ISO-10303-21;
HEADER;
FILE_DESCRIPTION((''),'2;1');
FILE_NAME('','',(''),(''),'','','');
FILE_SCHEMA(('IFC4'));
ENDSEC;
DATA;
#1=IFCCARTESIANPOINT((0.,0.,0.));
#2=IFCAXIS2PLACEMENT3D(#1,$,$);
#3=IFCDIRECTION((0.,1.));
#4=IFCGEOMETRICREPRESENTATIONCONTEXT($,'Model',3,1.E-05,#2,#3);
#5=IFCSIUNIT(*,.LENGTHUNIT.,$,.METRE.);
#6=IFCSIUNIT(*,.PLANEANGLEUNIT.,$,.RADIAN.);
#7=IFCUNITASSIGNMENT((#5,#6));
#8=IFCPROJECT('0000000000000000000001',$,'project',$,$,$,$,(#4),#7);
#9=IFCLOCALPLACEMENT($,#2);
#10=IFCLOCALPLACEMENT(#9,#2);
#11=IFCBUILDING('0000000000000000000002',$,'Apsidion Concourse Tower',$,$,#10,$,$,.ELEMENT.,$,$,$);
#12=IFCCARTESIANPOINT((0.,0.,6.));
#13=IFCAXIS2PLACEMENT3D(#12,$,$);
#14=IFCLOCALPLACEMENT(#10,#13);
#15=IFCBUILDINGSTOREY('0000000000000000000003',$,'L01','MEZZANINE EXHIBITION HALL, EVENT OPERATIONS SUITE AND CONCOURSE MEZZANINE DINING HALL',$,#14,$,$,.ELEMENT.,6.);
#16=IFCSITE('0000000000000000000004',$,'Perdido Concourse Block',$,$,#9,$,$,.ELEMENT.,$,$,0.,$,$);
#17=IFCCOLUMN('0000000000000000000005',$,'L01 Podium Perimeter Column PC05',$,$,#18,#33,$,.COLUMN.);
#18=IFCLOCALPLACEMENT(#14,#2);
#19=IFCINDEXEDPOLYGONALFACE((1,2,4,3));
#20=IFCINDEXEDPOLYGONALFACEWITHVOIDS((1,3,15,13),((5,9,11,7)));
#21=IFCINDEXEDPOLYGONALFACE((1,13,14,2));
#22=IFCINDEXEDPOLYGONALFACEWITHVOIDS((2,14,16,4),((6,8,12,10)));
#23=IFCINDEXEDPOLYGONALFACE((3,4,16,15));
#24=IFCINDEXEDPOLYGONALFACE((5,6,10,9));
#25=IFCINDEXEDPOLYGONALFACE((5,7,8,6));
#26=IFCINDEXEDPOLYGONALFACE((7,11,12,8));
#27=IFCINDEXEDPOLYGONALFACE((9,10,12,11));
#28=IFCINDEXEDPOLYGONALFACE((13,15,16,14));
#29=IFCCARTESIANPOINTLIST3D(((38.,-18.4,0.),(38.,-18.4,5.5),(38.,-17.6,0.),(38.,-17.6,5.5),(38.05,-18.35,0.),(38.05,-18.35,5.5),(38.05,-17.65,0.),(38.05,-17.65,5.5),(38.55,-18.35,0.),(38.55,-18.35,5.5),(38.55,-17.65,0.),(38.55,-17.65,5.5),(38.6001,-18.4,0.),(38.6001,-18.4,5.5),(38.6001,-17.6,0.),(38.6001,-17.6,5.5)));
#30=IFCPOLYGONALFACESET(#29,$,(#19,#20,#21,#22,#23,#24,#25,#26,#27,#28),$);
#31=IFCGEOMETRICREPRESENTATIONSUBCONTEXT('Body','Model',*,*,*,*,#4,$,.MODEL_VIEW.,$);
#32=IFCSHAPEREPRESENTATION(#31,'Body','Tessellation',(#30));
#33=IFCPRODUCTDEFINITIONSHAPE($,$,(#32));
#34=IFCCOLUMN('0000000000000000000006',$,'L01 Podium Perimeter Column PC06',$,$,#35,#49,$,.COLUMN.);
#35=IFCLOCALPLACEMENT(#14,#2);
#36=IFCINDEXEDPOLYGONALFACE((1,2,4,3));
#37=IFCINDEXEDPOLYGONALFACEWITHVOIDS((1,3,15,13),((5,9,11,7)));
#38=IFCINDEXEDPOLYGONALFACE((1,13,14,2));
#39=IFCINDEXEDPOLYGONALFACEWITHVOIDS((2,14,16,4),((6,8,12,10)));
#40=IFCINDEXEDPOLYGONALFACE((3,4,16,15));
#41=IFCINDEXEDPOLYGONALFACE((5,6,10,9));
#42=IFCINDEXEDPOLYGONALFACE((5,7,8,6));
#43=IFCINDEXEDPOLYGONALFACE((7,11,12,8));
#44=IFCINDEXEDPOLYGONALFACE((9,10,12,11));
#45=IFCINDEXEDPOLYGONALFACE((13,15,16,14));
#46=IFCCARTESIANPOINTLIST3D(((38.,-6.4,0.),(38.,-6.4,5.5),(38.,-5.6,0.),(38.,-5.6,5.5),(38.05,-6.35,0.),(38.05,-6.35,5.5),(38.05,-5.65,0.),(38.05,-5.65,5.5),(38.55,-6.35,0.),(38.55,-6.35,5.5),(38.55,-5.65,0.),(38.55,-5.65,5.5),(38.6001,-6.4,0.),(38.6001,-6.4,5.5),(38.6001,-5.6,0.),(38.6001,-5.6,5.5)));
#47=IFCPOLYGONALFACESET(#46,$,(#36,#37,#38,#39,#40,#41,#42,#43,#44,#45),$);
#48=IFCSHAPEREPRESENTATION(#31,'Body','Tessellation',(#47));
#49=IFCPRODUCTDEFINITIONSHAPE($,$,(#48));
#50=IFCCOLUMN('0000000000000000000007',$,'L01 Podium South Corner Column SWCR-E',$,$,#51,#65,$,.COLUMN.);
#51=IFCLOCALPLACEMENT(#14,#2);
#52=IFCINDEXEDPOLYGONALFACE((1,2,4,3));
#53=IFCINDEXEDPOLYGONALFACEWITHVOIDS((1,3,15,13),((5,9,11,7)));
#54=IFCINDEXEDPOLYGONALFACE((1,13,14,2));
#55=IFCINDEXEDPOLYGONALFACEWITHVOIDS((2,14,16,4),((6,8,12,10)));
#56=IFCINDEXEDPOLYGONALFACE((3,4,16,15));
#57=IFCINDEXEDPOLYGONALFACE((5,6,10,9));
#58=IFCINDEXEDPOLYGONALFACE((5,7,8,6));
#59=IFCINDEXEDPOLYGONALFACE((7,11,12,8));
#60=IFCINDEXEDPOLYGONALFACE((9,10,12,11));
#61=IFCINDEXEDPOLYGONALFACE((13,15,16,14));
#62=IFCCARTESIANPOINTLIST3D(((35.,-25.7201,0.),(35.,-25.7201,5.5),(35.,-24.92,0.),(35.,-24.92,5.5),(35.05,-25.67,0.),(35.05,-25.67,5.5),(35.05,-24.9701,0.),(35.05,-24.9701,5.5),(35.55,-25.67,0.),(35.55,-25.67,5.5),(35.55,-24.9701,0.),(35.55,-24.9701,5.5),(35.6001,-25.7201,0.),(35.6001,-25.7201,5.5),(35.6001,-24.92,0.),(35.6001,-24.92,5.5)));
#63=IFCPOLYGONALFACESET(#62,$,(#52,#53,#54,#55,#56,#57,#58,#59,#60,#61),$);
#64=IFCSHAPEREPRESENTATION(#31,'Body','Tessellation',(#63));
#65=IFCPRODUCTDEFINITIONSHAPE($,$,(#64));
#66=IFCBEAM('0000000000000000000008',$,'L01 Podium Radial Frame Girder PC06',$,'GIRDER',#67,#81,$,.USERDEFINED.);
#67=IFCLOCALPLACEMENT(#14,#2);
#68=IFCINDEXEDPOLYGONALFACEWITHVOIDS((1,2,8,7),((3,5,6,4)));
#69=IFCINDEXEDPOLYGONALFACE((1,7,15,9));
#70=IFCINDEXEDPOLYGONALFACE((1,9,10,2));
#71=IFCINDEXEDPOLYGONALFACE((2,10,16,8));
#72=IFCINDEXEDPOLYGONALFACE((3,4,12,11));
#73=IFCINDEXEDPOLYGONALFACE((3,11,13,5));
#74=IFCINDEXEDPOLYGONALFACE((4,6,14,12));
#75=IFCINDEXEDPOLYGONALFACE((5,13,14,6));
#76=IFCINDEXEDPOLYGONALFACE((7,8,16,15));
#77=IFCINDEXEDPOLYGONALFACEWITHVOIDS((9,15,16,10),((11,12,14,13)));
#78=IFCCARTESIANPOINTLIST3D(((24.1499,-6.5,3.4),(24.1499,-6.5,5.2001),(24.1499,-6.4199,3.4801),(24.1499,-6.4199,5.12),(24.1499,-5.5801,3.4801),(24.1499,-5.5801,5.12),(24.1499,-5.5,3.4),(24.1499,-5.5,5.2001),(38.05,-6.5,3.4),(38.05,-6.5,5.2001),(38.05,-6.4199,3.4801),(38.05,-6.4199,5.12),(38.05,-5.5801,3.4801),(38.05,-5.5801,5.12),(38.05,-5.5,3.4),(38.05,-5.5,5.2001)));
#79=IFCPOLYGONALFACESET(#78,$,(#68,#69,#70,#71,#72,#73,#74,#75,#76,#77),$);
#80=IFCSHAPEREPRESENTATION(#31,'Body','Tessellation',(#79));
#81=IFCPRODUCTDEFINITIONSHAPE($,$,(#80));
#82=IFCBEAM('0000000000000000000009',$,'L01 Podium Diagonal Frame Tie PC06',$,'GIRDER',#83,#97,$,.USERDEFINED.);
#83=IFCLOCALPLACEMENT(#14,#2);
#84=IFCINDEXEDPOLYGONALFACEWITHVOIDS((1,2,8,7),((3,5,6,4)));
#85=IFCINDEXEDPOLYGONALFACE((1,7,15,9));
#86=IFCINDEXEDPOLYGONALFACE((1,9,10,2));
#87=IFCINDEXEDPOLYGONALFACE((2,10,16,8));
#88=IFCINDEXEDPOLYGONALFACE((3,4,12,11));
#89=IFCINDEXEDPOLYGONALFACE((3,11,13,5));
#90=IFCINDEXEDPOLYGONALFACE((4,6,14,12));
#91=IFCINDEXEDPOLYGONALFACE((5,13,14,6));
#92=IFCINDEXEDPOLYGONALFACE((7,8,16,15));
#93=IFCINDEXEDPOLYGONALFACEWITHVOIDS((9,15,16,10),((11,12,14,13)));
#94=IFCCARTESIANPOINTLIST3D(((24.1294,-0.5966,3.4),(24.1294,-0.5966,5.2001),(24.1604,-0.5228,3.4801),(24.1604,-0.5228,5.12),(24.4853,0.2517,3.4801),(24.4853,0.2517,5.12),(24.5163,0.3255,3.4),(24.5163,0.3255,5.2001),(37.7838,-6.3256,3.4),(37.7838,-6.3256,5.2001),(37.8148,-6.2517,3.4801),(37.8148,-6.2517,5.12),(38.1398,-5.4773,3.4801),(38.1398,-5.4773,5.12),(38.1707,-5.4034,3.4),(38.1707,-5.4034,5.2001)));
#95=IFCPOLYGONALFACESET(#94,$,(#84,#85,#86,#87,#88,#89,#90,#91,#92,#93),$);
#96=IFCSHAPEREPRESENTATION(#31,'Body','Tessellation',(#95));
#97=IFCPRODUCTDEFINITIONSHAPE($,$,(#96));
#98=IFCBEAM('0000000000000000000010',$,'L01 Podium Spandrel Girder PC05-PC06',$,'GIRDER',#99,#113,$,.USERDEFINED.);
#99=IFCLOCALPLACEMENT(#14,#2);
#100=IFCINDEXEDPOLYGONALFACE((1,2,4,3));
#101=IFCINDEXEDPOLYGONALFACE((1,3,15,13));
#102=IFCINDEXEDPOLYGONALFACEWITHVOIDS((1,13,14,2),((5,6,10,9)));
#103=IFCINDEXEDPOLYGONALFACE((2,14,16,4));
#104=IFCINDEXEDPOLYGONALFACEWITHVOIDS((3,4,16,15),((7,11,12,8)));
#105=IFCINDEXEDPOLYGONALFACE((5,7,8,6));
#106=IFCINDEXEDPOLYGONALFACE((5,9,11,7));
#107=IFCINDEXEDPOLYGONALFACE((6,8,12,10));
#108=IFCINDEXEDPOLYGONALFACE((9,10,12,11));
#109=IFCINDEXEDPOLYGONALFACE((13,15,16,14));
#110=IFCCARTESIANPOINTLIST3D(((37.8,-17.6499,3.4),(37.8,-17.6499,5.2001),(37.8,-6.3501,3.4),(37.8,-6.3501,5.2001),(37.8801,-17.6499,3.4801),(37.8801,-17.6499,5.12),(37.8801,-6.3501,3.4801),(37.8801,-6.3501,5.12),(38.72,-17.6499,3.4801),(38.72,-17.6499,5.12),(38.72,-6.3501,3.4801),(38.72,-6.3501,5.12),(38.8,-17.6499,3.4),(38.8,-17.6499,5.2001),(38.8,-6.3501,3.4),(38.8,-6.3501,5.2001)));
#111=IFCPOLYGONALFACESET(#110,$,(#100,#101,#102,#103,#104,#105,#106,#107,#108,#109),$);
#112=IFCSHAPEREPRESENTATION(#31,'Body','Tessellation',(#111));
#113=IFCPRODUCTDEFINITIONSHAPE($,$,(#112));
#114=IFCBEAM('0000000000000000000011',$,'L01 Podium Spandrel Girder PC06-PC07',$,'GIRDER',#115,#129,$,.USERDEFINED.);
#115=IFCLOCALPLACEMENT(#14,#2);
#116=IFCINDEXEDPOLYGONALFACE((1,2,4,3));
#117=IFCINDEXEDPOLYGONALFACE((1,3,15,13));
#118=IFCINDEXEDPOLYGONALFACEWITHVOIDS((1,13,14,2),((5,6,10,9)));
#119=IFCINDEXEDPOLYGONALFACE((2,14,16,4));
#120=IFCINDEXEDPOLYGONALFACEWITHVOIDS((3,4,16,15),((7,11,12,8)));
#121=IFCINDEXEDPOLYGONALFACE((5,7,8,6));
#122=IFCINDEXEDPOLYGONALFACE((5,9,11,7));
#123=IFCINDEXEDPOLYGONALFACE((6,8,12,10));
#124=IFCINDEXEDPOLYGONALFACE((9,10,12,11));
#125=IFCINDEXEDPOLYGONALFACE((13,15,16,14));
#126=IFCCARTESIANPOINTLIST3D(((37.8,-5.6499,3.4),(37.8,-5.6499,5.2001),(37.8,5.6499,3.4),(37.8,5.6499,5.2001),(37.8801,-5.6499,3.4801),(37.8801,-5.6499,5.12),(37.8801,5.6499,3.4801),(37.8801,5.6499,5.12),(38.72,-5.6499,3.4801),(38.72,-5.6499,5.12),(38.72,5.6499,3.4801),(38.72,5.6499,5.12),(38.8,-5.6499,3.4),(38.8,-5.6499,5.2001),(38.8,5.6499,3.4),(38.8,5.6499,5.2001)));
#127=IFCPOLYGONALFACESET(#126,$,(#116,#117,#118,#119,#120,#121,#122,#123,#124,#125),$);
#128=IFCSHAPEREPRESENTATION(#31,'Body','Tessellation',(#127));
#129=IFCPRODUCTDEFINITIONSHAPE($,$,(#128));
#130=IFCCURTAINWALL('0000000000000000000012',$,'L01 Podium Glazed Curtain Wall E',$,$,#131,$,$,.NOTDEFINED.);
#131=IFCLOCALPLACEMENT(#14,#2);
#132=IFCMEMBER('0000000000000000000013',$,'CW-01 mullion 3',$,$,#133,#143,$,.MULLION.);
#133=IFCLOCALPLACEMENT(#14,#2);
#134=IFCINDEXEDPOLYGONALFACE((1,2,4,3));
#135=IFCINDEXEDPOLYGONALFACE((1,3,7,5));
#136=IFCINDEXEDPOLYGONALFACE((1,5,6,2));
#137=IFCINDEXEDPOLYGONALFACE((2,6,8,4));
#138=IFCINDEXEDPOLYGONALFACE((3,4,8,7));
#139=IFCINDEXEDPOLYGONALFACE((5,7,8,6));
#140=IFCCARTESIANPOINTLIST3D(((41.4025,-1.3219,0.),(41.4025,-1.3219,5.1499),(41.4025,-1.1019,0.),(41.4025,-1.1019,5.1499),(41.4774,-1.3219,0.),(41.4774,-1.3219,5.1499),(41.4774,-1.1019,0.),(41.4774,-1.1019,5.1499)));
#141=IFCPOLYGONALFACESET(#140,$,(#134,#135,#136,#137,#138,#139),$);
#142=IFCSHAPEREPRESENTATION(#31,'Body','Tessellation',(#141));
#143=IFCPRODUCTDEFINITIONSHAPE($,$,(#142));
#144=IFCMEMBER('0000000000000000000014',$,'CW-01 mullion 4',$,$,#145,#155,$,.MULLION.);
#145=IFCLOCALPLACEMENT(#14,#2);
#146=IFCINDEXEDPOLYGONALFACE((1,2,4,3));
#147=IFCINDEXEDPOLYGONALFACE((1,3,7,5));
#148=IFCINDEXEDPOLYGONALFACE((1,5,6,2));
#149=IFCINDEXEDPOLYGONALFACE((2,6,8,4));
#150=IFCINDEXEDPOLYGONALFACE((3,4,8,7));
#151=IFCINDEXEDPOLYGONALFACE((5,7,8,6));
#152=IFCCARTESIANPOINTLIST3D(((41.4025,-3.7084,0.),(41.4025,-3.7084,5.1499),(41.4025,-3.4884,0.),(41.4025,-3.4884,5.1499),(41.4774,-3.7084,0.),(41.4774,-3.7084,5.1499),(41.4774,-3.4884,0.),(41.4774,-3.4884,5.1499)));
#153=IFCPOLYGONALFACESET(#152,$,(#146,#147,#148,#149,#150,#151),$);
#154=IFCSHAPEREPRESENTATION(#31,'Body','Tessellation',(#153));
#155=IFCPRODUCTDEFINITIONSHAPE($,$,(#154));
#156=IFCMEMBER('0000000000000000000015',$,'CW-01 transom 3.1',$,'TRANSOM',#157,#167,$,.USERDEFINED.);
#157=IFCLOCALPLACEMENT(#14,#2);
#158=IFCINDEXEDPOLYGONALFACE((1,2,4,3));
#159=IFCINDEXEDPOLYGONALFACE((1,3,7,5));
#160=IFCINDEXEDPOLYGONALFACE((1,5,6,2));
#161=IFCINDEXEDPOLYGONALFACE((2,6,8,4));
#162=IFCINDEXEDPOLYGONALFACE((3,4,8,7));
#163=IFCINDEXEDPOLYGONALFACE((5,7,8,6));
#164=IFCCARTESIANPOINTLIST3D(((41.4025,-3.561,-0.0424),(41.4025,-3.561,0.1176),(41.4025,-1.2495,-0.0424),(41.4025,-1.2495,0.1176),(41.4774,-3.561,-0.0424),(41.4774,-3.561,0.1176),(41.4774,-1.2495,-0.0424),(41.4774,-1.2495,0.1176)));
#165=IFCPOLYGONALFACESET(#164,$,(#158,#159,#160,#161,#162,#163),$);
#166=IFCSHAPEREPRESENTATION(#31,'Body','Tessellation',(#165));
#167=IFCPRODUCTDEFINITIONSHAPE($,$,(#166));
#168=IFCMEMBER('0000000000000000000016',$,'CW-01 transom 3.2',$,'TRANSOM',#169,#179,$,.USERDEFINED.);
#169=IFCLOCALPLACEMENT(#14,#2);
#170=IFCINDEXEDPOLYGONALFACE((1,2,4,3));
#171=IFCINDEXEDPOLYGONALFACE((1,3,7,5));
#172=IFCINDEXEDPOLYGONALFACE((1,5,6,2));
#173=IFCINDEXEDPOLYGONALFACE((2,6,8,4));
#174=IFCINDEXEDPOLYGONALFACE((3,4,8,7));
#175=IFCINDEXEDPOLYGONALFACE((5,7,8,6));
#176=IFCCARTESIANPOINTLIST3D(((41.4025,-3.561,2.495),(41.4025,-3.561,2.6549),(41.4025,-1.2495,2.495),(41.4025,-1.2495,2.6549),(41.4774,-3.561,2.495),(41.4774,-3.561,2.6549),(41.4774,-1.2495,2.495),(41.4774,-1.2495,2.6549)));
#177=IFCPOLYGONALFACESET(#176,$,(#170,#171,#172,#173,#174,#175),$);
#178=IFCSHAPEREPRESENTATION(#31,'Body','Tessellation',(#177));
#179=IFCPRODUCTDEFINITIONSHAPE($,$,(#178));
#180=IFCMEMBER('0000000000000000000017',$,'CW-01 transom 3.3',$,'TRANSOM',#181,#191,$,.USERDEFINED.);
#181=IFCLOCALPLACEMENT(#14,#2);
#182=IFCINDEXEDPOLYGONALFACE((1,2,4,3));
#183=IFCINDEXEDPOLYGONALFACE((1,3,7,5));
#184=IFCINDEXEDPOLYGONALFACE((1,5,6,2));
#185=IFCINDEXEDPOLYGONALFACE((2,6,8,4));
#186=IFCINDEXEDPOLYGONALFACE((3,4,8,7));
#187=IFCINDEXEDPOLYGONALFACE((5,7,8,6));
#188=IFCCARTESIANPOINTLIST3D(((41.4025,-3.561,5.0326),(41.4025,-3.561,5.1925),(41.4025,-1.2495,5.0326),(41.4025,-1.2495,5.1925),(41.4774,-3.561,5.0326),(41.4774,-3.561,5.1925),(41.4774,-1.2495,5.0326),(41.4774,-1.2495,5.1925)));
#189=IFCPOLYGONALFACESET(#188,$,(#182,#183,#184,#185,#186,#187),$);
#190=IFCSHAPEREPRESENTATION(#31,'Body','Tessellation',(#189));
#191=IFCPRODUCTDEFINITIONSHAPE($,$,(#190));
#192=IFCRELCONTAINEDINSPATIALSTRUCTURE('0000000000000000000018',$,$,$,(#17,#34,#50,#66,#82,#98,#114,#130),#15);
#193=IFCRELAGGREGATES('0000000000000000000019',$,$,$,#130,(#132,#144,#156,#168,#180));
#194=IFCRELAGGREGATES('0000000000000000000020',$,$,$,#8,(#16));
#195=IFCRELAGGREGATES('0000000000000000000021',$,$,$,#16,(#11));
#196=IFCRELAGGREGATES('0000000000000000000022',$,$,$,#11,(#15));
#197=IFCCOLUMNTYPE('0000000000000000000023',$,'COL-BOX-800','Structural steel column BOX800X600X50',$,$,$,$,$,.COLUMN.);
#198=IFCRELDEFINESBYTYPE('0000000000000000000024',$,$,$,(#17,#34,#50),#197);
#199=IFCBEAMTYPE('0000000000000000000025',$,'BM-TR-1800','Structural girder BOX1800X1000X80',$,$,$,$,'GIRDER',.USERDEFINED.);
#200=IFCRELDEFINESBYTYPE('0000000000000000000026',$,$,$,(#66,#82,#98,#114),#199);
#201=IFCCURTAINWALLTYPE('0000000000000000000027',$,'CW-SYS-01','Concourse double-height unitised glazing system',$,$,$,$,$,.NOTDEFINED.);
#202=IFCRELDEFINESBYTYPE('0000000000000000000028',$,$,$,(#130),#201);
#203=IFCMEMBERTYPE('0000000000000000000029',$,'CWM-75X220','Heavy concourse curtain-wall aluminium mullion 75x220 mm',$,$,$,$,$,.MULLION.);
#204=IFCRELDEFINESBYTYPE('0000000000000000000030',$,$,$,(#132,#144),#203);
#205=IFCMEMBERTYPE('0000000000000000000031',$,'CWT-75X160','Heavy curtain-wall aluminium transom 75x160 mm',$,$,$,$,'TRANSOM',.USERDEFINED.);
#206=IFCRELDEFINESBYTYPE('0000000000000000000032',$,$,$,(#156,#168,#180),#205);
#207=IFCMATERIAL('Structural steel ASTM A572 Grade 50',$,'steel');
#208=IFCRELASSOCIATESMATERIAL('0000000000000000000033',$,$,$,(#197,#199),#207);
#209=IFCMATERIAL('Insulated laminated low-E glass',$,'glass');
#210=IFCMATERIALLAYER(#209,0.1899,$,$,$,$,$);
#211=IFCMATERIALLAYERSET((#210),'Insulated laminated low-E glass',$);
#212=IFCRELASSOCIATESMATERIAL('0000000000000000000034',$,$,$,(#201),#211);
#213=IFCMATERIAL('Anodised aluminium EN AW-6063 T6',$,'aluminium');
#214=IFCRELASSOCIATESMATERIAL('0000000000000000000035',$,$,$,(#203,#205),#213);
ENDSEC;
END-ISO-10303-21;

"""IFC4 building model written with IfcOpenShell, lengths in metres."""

from ifc_helpers import new_model, si_unit, direction, frame, origin, origin_2d, place, context, subcontext, project, spatial, rectangle, hollow_rectangle, extrude, material, layer, layer_set, material_profile, profile_set, type_object, element, aggregate, save


model = new_model("IFC4")

# Units and contexts
model_context = context("Model", 3, precision=1e-05, world=origin(), true_north=direction((0.0, 1.0)))
body_context = subcontext(model_context, "Body", "Model", "MODEL_VIEW")
ifc_project = project(units=[si_unit("LENGTHUNIT", "METRE"), si_unit("PLANEANGLEUNIT", "RADIAN")], contexts=[model_context])

# Site, building, storey
site_placement = place(None, origin())
site = spatial("IfcSite", under=ifc_project, at=site_placement, Name="Perdido Concourse Block", CompositionType="ELEMENT", RefElevation=0.0)
building_placement = place(site_placement, origin())
building = spatial("IfcBuilding", under=site, at=building_placement, Name="Apsidion Concourse Tower", CompositionType="ELEMENT")
storey_placement = place(building_placement, frame((0.0, 0.0, 6.0)))
storey = spatial("IfcBuildingStorey", under=building, at=storey_placement, Name="L01", Description="MEZZANINE EXHIBITION HALL, EVENT OPERATIONS SUITE AND CONCOURSE MEZZANINE DINING HALL", CompositionType="ELEMENT", Elevation=6.0)

# Columns
ifc_material_1 = material(Name="Structural steel ASTM A572 Grade 50", Category="steel")
ifc_material_profile_1 = material_profile(ifc_material_1, hollow_rectangle(XDim=0.6001, YDim=0.8, WallThickness=0.05, at=origin_2d()), Name="BOX800X600X50")
ifc_profile_set_1 = profile_set([ifc_material_profile_1], Name="Structural steel ASTM A572 Grade 50")
column_type = type_object("IfcColumnType", Name="COL-BOX-800", Description="Structural steel column BOX800X600X50", PredefinedType="COLUMN", material=ifc_profile_set_1)
for number, where, z_axis, x_axis, name in (
    (1, (38.3, -18.0, 0.0), (0.0, 0.0, 1.0), (1.0, 0.0, 0.0), "L01 Podium Perimeter Column PC05"),
    (2, (38.3, -6.0, 0.0), (0.0, 0.0, 1.0), (1.0, 0.0, 0.0), "L01 Podium Perimeter Column PC06"),
    (3, (35.3, -25.3201, 0.0), (0.0, 0.0, 1.0), (1.0, 0.0, 0.0), "L01 Podium South Corner Column SWCR-E"),
):
    element("IfcColumn", number, at=place(storey_placement, frame(where, z_axis=z_axis, x_axis=x_axis)), inside=storey, type_object=column_type, Name=name, PredefinedType="COLUMN", context=body_context, shape_type="SweptSolid", body=[
        extrude(hollow_rectangle(XDim=0.6001, YDim=0.8, WallThickness=0.05, at=origin_2d()), origin(), (0.0, 0.0, 1.0), 5.5),
    ])

# Beams
ifc_material_profile_2 = material_profile(ifc_material_1, hollow_rectangle(XDim=1.0, YDim=1.8, WallThickness=0.0801, at=origin_2d()), Name="BOX1800X1000X80")
ifc_profile_set_2 = profile_set([ifc_material_profile_2], Name="Structural steel ASTM A572 Grade 50")
beam_type = type_object("IfcBeamType", Name="BM-TR-1800", Description="Structural girder BOX1800X1000X80", ElementType="GIRDER", PredefinedType="USERDEFINED", material=ifc_profile_set_2)
beam_1_placement = place(storey_placement, frame((38.05, -6.0, 4.3), z_axis=(-1.0, 0.0, 0.0), x_axis=(0.0, -1.0, 0.0)))
element("IfcBeam", 4, at=beam_1_placement, inside=storey, type_object=beam_type, Name="L01 Podium Radial Frame Girder PC06", ObjectType="GIRDER", PredefinedType="USERDEFINED", context=body_context, shape_type="SweptSolid", body=[
    extrude(hollow_rectangle(XDim=1.0, YDim=1.8, WallThickness=0.0801, at=origin_2d()), origin(), (0.0, 0.0, 1.0), 13.9001),
])
beam_2_placement = place(storey_placement, frame((37.9773, -5.8645, 4.3), z_axis=(-0.922124, 0.386894, 0.0), x_axis=(-0.386894, -0.922124, 0.0)))
element("IfcBeam", 5, at=beam_2_placement, inside=storey, type_object=beam_type, Name="L01 Podium Diagonal Frame Tie PC06", ObjectType="GIRDER", PredefinedType="USERDEFINED", context=body_context, shape_type="SweptSolid", body=[
    extrude(hollow_rectangle(XDim=1.0, YDim=1.8, WallThickness=0.0801, at=origin_2d()), origin(), (0.0, 0.0, 1.0), 14.8076),
])
for number, where, z_axis, x_axis, name in (
    (6, (38.3, -17.6499, 4.3), (0.0, 1.0, 0.0), (-1.0, 0.0, 0.0), "L01 Podium Spandrel Girder PC05-PC06"),
    (7, (38.3, -5.6499, 4.3), (0.0, 1.0, 0.0), (-1.0, 0.0, 0.0), "L01 Podium Spandrel Girder PC06-PC07"),
):
    element("IfcBeam", number, at=place(storey_placement, frame(where, z_axis=z_axis, x_axis=x_axis)), inside=storey, type_object=beam_type, Name=name, ObjectType="GIRDER", PredefinedType="USERDEFINED", context=body_context, shape_type="SweptSolid", body=[
        extrude(hollow_rectangle(XDim=1.0, YDim=1.8, WallThickness=0.0801, at=origin_2d()), origin(), (0.0, 0.0, 1.0), 11.2998),
    ])

# Curtain wall, members
ifc_material_2 = material(Name="Insulated laminated low-E glass", Category="glass")
ifc_layer_1 = layer(ifc_material_2, 0.1899)
ifc_layer_set_1 = layer_set([ifc_layer_1], Name="Insulated laminated low-E glass")
curtain_wall_type = type_object("IfcCurtainWallType", Name="CW-SYS-01", Description="Concourse double-height unitised glazing system", PredefinedType="NOTDEFINED", material=ifc_layer_set_1)
curtain_wall_placement = place(storey_placement, origin())
curtain_wall = element("IfcCurtainWall", 8, at=curtain_wall_placement, inside=storey, type_object=curtain_wall_type, Name="L01 Podium Glazed Curtain Wall E", PredefinedType="NOTDEFINED")
ifc_material_3 = material(Name="Anodised aluminium EN AW-6063 T6", Category="aluminium")
ifc_material_profile_3 = material_profile(ifc_material_3, rectangle(XDim=0.075, YDim=0.22, at=origin_2d()), Name="ALU MULLION 75x220")
ifc_profile_set_3 = profile_set([ifc_material_profile_3], Name="Anodised aluminium EN AW-6063 T6")
member_type_1 = type_object("IfcMemberType", Name="CWM-75X220", Description="Heavy concourse curtain-wall aluminium mullion 75x220 mm", PredefinedType="MULLION", material=ifc_profile_set_3)
member_1_placement = place(storey_placement, frame((41.4399, -1.2119, 0.0), z_axis=(0.0, 0.0, 1.0), x_axis=(1.0, 0.0, 0.0)))
member_1 = element("IfcMember", 9, at=member_1_placement, type_object=member_type_1, Name="CW-01 mullion 3", PredefinedType="MULLION", context=body_context, shape_type="SweptSolid", body=[
    extrude(rectangle(XDim=0.075, YDim=0.22, at=origin_2d()), origin(), (0.0, 0.0, 1.0), 5.1499),
])
member_2_placement = place(storey_placement, frame((41.4399, -3.5984, 0.0), z_axis=(0.0, 0.0, 1.0), x_axis=(1.0, 0.0, 0.0)))
member_2 = element("IfcMember", 10, at=member_2_placement, type_object=member_type_1, Name="CW-01 mullion 4", PredefinedType="MULLION", context=body_context, shape_type="SweptSolid", body=[
    extrude(rectangle(XDim=0.075, YDim=0.22, at=origin_2d()), origin(), (0.0, 0.0, 1.0), 5.1499),
])
ifc_material_profile_4 = material_profile(ifc_material_3, rectangle(XDim=0.075, YDim=0.1599, at=origin_2d()), Name="ALU TRANSOM 75x160")
ifc_profile_set_4 = profile_set([ifc_material_profile_4], Name="Anodised aluminium EN AW-6063 T6")
member_type_2 = type_object("IfcMemberType", Name="CWT-75X160", Description="Heavy curtain-wall aluminium transom 75x160 mm", ElementType="TRANSOM", PredefinedType="USERDEFINED", material=ifc_profile_set_4)
member_3_placement = place(storey_placement, frame((41.4399, -1.2495, 0.0376), z_axis=(0.0, -1.0, 0.0), x_axis=(1.0, 0.0, 0.0)))
member_3 = element("IfcMember", 11, at=member_3_placement, type_object=member_type_2, Name="CW-01 transom 3.1", ObjectType="TRANSOM", PredefinedType="USERDEFINED", context=body_context, shape_type="SweptSolid", body=[
    extrude(rectangle(XDim=0.075, YDim=0.1599, at=origin_2d()), origin(), (0.0, 0.0, 1.0), 2.3115),
])
member_4_placement = place(storey_placement, frame((41.4399, -1.2495, 2.575), z_axis=(0.0, -1.0, 0.0), x_axis=(1.0, 0.0, 0.0)))
member_4 = element("IfcMember", 12, at=member_4_placement, type_object=member_type_2, Name="CW-01 transom 3.2", ObjectType="TRANSOM", PredefinedType="USERDEFINED", context=body_context, shape_type="SweptSolid", body=[
    extrude(rectangle(XDim=0.075, YDim=0.1599, at=origin_2d()), origin(), (0.0, 0.0, 1.0), 2.3115),
])
member_5_placement = place(storey_placement, frame((41.4399, -1.2495, 5.1125), z_axis=(0.0, -1.0, 0.0), x_axis=(1.0, 0.0, 0.0)))
member_5 = element("IfcMember", 13, at=member_5_placement, type_object=member_type_2, Name="CW-01 transom 3.3", ObjectType="TRANSOM", PredefinedType="USERDEFINED", context=body_context, shape_type="SweptSolid", body=[
    extrude(rectangle(XDim=0.075, YDim=0.1599, at=origin_2d()), origin(), (0.0, 0.0, 1.0), 2.3115),
])
aggregate(curtain_wall, [member_1, member_2, member_3, member_4, member_5])

save(model, "model.ifc")
